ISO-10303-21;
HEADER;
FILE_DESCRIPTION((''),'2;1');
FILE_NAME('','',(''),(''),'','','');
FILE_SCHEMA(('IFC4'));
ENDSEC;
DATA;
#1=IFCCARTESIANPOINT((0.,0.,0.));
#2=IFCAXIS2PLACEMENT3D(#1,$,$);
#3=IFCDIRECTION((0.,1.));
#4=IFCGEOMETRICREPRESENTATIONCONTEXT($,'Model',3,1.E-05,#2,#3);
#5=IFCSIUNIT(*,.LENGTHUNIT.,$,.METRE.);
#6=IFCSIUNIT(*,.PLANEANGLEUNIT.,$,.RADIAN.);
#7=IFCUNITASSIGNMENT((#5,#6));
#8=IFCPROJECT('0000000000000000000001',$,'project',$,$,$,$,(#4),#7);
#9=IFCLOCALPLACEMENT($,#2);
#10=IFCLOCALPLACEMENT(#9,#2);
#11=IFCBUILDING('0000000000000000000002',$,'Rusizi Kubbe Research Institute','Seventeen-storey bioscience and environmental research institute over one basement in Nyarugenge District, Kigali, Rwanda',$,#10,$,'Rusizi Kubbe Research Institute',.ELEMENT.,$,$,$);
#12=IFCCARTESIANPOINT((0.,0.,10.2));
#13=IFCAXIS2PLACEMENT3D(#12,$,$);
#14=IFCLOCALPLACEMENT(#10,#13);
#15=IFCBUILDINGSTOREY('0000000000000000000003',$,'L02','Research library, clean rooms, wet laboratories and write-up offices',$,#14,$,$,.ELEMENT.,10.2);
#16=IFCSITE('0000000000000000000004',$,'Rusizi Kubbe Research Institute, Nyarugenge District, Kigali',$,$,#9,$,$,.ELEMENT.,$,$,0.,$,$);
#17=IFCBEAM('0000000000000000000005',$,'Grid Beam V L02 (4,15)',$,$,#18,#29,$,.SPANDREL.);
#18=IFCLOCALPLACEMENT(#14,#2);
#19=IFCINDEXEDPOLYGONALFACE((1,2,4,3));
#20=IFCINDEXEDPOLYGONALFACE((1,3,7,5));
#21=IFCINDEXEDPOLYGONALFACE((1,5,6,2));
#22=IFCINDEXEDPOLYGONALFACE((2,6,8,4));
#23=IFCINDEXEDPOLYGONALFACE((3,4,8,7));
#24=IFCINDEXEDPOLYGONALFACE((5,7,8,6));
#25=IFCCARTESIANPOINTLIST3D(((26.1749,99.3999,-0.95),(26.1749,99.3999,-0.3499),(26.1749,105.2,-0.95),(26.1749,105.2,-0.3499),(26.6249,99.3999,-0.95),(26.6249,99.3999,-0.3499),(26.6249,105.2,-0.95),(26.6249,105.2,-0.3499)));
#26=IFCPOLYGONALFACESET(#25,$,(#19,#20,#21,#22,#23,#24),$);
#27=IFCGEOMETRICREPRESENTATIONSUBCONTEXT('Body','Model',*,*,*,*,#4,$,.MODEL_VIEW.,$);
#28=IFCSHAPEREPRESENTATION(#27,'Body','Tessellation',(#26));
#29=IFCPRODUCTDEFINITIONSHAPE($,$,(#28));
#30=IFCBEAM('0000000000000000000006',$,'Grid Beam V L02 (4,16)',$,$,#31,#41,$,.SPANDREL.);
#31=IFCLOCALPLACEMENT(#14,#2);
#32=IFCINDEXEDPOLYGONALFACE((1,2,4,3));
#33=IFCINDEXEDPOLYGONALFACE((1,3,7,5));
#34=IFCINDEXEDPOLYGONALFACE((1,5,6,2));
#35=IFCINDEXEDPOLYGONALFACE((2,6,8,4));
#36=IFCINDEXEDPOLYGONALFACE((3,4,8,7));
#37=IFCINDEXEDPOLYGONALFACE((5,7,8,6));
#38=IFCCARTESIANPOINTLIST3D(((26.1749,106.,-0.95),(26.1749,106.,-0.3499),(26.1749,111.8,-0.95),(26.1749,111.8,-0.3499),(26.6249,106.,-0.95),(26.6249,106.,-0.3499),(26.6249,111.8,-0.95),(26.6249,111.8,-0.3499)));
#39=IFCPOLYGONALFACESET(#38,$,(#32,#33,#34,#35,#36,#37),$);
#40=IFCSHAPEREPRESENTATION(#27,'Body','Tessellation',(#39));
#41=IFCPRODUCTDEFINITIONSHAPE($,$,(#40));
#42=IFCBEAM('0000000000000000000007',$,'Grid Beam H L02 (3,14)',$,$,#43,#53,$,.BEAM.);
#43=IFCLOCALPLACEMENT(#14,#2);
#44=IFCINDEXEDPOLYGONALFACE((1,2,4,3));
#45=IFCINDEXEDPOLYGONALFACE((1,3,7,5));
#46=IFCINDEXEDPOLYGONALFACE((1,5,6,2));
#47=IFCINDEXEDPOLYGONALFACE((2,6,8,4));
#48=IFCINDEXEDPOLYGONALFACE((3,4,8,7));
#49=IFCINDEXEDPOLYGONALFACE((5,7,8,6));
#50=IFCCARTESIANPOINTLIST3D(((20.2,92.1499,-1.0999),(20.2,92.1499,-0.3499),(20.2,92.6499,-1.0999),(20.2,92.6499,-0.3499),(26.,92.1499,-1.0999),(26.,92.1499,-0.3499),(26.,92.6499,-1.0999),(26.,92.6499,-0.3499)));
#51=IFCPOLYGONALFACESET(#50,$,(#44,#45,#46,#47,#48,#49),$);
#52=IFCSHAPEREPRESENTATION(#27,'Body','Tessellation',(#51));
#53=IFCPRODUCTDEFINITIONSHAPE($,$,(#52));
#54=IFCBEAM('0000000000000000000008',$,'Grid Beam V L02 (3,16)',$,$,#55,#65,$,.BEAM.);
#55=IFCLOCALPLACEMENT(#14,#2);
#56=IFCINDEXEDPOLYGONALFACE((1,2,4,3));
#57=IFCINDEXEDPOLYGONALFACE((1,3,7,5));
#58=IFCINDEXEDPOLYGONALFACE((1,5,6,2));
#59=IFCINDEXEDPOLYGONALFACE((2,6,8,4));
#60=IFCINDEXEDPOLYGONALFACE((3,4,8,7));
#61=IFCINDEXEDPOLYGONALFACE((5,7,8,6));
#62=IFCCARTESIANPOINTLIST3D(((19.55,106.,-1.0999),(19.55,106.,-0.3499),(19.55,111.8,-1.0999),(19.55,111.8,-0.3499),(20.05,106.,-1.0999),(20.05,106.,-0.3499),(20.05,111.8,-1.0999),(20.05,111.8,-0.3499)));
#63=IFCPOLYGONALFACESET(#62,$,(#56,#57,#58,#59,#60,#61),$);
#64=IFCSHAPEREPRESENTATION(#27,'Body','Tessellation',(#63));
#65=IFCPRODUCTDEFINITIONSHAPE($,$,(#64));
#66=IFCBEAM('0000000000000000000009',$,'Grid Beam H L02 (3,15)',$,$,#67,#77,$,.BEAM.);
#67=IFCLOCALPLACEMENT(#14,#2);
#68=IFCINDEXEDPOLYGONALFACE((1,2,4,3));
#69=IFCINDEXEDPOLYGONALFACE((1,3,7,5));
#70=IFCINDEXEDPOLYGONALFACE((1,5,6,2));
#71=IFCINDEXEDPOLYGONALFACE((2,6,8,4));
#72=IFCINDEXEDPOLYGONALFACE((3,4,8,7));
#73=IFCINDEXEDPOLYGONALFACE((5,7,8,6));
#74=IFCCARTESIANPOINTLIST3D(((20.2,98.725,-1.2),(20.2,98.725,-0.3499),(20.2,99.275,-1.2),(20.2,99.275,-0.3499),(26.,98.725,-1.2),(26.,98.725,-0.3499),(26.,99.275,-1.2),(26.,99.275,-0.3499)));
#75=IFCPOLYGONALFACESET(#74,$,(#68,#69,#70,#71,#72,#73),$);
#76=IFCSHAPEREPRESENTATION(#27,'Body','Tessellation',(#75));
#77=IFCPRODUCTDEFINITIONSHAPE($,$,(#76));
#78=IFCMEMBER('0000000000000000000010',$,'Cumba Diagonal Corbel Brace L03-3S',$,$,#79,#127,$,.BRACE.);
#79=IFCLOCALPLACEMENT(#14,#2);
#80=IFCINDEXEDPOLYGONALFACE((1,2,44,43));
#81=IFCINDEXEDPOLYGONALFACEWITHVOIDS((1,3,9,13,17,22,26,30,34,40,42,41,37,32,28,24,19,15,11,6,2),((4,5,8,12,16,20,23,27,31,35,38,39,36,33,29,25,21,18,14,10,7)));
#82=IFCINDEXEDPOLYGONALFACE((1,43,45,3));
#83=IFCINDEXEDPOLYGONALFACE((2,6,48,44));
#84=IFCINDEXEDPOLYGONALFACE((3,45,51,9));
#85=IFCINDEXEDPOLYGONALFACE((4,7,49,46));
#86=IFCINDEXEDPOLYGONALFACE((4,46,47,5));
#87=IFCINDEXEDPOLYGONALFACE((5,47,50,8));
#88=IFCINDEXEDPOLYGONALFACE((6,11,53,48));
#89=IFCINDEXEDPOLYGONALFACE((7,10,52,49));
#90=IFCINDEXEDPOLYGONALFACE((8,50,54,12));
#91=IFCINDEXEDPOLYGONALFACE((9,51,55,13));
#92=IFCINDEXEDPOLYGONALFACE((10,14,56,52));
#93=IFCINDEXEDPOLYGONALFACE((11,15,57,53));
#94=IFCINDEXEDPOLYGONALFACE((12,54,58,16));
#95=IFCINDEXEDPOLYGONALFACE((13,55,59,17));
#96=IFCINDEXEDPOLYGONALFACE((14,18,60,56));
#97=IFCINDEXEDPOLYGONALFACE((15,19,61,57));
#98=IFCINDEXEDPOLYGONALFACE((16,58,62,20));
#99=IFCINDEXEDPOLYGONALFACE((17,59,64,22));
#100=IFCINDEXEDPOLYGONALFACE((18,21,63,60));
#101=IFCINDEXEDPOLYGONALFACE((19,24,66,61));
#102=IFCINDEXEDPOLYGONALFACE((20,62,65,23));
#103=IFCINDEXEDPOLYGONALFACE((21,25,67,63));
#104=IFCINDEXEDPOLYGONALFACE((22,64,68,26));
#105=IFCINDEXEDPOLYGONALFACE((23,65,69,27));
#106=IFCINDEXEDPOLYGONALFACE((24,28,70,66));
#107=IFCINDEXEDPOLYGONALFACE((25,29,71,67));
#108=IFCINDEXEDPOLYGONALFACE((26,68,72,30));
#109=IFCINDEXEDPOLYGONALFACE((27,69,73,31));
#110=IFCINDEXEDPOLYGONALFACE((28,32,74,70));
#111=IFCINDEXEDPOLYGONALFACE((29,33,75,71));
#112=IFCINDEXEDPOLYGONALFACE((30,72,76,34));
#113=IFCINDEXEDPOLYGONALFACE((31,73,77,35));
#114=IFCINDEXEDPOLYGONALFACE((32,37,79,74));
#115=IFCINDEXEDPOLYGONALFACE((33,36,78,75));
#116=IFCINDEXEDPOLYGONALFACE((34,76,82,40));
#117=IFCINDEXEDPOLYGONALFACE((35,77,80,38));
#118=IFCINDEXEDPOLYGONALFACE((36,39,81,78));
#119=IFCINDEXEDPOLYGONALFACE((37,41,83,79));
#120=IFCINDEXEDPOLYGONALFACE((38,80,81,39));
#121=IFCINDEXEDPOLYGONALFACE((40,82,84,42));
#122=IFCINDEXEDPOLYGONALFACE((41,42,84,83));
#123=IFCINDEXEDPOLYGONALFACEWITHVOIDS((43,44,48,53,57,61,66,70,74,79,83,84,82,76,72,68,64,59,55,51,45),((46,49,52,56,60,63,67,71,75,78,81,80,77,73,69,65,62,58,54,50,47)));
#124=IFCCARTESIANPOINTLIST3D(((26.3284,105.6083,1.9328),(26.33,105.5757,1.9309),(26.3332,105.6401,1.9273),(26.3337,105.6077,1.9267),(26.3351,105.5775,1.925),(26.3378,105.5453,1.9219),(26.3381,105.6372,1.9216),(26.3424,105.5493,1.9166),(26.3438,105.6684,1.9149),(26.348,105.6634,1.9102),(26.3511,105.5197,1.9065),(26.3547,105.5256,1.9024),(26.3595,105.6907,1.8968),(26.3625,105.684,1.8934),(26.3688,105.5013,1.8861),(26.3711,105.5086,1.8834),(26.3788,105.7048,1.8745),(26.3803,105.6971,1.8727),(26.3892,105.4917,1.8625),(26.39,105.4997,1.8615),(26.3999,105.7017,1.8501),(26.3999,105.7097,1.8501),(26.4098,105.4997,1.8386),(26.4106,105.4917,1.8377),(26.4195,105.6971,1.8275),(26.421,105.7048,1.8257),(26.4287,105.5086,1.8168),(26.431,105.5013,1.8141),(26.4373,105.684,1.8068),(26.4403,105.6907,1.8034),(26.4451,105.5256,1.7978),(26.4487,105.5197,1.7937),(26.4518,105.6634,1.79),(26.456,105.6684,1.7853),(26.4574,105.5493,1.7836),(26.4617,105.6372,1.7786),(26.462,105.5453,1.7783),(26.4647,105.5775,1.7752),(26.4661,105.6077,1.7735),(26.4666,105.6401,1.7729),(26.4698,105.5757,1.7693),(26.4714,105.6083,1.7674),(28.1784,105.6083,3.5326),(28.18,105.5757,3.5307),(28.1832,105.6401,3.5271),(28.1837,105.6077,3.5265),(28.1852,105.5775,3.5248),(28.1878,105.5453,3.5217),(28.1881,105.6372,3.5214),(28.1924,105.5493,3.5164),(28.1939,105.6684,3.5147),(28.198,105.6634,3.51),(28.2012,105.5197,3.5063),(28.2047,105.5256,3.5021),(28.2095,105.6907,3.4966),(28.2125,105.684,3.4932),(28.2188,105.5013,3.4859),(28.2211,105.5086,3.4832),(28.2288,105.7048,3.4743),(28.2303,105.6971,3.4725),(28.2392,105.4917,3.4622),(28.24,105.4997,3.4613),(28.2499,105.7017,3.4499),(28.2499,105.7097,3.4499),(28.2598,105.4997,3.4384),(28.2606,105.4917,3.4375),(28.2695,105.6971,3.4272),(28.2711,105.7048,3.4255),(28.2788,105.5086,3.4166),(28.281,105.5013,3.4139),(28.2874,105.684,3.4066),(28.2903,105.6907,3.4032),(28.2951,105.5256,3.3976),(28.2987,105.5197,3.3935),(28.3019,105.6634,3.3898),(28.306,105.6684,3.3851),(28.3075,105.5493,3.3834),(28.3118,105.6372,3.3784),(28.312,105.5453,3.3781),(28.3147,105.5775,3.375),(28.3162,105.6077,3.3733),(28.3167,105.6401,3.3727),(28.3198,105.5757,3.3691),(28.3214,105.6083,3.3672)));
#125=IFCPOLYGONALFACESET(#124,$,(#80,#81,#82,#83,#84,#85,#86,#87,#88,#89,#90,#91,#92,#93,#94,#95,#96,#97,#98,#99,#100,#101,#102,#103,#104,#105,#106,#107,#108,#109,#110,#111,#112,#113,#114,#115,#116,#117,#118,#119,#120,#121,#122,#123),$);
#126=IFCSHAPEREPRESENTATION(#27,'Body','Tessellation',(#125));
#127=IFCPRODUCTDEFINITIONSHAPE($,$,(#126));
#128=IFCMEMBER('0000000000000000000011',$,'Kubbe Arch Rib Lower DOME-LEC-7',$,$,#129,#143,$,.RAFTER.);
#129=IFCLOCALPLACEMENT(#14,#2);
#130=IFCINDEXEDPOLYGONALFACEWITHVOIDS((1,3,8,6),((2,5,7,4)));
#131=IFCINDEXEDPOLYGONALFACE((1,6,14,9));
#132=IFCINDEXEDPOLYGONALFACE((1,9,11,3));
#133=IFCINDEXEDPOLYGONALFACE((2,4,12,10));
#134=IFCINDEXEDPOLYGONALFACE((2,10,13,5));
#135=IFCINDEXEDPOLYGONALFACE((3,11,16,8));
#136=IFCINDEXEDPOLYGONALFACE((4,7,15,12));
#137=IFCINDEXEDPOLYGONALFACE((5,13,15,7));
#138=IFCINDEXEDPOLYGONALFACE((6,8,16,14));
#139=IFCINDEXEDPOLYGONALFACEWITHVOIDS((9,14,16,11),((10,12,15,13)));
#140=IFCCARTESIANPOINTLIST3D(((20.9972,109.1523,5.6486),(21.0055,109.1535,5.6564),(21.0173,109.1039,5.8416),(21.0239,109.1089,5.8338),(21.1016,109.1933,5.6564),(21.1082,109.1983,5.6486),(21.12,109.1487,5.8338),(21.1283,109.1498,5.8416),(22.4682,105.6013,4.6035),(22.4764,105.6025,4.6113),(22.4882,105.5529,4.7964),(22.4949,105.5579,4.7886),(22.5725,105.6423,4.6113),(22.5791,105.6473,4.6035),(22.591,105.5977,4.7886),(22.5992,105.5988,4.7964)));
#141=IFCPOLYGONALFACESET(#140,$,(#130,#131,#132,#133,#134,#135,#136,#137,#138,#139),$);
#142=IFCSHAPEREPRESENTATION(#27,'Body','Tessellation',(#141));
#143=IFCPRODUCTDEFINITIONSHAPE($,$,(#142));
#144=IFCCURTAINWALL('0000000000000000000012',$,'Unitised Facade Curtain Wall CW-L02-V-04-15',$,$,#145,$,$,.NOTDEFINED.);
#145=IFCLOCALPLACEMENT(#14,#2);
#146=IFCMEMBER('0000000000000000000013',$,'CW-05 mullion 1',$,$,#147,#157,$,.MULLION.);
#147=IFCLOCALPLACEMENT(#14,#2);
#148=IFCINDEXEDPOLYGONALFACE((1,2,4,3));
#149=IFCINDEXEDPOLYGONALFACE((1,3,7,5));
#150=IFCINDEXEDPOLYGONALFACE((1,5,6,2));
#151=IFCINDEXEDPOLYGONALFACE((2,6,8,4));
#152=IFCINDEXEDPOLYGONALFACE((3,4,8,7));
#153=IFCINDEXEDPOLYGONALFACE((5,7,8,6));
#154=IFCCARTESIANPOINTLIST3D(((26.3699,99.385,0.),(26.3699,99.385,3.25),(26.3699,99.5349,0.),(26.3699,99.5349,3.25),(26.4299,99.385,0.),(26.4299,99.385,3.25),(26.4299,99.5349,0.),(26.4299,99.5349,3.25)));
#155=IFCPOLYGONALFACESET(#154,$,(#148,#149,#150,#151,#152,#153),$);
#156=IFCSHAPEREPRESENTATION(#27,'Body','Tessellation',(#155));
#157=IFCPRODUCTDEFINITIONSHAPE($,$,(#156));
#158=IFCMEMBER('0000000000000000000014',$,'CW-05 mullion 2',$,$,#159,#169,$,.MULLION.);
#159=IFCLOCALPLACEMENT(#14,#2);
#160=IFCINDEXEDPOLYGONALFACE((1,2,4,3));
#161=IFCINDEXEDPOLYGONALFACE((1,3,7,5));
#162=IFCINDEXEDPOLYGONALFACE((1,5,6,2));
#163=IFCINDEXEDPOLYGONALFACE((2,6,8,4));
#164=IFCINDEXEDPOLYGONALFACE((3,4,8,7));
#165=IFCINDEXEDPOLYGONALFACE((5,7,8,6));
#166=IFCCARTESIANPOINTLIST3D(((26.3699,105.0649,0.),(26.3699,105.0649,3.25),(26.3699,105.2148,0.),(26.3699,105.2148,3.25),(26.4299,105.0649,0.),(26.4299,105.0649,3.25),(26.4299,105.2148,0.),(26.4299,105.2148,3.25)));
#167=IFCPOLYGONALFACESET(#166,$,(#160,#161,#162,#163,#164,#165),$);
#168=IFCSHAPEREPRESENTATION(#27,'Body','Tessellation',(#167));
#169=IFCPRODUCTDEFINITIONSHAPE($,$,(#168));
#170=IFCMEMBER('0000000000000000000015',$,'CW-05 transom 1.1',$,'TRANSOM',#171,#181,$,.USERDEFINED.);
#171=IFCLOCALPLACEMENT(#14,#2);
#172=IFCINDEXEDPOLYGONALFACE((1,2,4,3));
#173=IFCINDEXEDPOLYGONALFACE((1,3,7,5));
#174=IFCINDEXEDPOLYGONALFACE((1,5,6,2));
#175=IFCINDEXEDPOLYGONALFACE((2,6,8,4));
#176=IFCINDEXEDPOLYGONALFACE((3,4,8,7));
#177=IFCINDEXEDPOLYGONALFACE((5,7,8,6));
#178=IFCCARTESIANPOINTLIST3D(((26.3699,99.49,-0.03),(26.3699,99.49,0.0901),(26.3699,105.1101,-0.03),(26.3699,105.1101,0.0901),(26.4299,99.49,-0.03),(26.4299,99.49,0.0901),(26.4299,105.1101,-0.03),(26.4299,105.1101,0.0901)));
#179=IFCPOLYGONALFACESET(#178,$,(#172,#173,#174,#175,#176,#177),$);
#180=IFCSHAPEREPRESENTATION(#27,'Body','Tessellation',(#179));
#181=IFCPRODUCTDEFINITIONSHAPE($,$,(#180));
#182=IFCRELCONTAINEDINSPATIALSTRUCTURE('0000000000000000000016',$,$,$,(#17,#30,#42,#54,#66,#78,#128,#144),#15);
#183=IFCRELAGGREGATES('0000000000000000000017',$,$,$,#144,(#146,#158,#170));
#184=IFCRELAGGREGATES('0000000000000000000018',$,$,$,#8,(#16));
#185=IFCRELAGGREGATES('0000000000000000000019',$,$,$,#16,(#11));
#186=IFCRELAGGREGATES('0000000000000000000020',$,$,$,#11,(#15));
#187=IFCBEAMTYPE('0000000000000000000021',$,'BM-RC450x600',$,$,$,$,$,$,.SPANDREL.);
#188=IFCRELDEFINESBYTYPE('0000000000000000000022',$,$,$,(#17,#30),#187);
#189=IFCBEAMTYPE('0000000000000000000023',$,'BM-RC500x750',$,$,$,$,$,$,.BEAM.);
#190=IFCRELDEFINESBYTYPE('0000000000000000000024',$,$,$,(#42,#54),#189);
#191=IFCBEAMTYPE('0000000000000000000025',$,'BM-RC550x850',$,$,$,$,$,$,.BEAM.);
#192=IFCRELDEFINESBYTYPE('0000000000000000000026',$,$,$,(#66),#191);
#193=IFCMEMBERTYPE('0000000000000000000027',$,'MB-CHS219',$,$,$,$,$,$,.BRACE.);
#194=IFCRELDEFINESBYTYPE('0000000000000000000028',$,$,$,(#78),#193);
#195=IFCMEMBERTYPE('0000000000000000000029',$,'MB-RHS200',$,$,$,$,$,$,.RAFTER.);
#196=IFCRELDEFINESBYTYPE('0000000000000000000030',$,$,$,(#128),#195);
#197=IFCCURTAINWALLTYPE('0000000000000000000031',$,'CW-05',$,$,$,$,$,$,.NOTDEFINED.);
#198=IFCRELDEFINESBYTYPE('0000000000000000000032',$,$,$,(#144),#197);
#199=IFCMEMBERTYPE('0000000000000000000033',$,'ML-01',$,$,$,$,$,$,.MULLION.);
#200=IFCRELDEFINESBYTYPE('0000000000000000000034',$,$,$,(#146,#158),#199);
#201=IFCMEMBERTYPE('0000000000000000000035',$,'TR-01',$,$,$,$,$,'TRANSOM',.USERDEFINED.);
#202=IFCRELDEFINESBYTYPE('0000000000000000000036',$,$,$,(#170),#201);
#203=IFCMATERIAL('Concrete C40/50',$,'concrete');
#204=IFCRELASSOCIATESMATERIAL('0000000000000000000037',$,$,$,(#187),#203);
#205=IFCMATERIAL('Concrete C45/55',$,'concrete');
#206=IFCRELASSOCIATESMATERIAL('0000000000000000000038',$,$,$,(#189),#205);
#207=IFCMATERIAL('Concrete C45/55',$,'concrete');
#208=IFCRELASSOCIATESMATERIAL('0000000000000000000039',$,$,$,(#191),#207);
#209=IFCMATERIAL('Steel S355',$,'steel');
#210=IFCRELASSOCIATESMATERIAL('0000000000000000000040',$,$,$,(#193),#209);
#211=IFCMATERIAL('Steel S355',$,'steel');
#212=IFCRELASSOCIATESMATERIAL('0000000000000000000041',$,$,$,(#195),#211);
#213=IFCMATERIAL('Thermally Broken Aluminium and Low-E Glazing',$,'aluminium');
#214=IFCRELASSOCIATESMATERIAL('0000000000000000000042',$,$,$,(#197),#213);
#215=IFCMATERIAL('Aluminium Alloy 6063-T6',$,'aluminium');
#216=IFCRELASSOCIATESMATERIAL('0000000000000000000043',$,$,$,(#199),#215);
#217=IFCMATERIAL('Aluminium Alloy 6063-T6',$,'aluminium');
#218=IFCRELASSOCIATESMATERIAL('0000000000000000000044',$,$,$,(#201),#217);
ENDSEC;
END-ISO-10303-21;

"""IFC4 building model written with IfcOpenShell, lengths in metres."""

from ifc_helpers import new_model, si_unit, direction, frame, origin, origin_2d, place, context, subcontext, project, spatial, rectangle, hollow_rectangle, hollow_circle, extrude, material, material_profile, profile_set, type_object, element, aggregate, save


model = new_model("IFC4")

# Units and contexts
model_context = context("Model", 3, precision=1e-05, world=origin(), true_north=direction((0.0, 1.0)))
body_context = subcontext(model_context, "Body", "Model", "MODEL_VIEW")
ifc_project = project(units=[si_unit("LENGTHUNIT", "METRE"), si_unit("PLANEANGLEUNIT", "RADIAN")], contexts=[model_context])

# Site, building, storey
site_placement = place(None, origin())
site = spatial("IfcSite", under=ifc_project, at=site_placement, Name="Rusizi Kubbe Research Institute, Nyarugenge District, Kigali", CompositionType="ELEMENT", RefElevation=0.0)
building_placement = place(site_placement, origin())
building = spatial("IfcBuilding", under=site, at=building_placement, Name="Rusizi Kubbe Research Institute", Description="Seventeen-storey bioscience and environmental research institute over one basement in Nyarugenge District, Kigali, Rwanda", LongName="Rusizi Kubbe Research Institute", CompositionType="ELEMENT")
storey_placement = place(building_placement, frame((0.0, 0.0, 10.2)))
storey = spatial("IfcBuildingStorey", under=building, at=storey_placement, Name="L02", Description="Research library, clean rooms, wet laboratories and write-up offices", CompositionType="ELEMENT", Elevation=10.2)

# Beams
ifc_material_1 = material(Name="Concrete C40/50", Category="concrete")
ifc_material_profile_1 = material_profile(ifc_material_1, rectangle(XDim=0.45, YDim=0.6001, at=origin_2d()), Name="RC450x600")
ifc_profile_set_1 = profile_set([ifc_material_profile_1], Name="Concrete C40/50")
beam_type_1 = type_object("IfcBeamType", Name="BM-RC450x600", PredefinedType="SPANDREL", material=ifc_profile_set_1)
for number, where, z_axis, x_axis, name in (
    (1, (26.3999, 99.3999, -0.6499), (0.0, 1.0, 0.0), (-1.0, 0.0, 0.0), "Grid Beam V L02 (4,15)"),
    (2, (26.3999, 106.0, -0.6499), (0.0, 1.0, 0.0), (-1.0, 0.0, 0.0), "Grid Beam V L02 (4,16)"),
):
    element("IfcBeam", number, at=place(storey_placement, frame(where, z_axis=z_axis, x_axis=x_axis)), inside=storey, type_object=beam_type_1, Name=name, PredefinedType="SPANDREL", context=body_context, shape_type="SweptSolid", body=[
        extrude(rectangle(XDim=0.45, YDim=0.6001, at=origin_2d()), origin(), (0.0, 0.0, 1.0), 5.8),
    ])
ifc_material_2 = material(Name="Concrete C45/55", Category="concrete")
ifc_material_profile_2 = material_profile(ifc_material_2, rectangle(XDim=0.5, YDim=0.75, at=origin_2d()), Name="RC500x750B")
ifc_profile_set_2 = profile_set([ifc_material_profile_2], Name="Concrete C45/55")
beam_type_2 = type_object("IfcBeamType", Name="BM-RC500x750", PredefinedType="BEAM", material=ifc_profile_set_2)
for number, where, z_axis, x_axis, name in (
    (3, (20.2, 92.3999, -0.7249), (1.0, 0.0, 0.0), (0.0, 1.0, 0.0), "Grid Beam H L02 (3,14)"),
    (4, (19.8, 106.0, -0.7249), (0.0, 1.0, 0.0), (-1.0, 0.0, 0.0), "Grid Beam V L02 (3,16)"),
):
    element("IfcBeam", number, at=place(storey_placement, frame(where, z_axis=z_axis, x_axis=x_axis)), inside=storey, type_object=beam_type_2, Name=name, PredefinedType="BEAM", context=body_context, shape_type="SweptSolid", body=[
        extrude(rectangle(XDim=0.5, YDim=0.75, at=origin_2d()), origin(), (0.0, 0.0, 1.0), 5.8),
    ])
ifc_material_3 = material(Name="Concrete C45/55", Category="concrete")
ifc_material_profile_3 = material_profile(ifc_material_3, rectangle(XDim=0.55, YDim=0.8501, at=origin_2d()), Name="RC550x850")
ifc_profile_set_3 = profile_set([ifc_material_profile_3], Name="Concrete C45/55")
beam_type_3 = type_object("IfcBeamType", Name="BM-RC550x850", PredefinedType="BEAM", material=ifc_profile_set_3)
beam_1_placement = place(storey_placement, frame((20.2, 99.0, -0.7749), z_axis=(1.0, 0.0, 0.0), x_axis=(0.0, 1.0, 0.0)))
element("IfcBeam", 5, at=beam_1_placement, inside=storey, type_object=beam_type_3, Name="Grid Beam H L02 (3,15)", PredefinedType="BEAM", context=body_context, shape_type="SweptSolid", body=[
    extrude(rectangle(XDim=0.55, YDim=0.8501, at=origin_2d()), origin(), (0.0, 0.0, 1.0), 5.8),
])

# Members
ifc_material_4 = material(Name="Steel S355", Category="steel")
ifc_material_profile_4 = material_profile(ifc_material_4, hollow_circle(Radius=0.1096, WallThickness=0.0081, at=origin_2d()), Name="CHS 219.1x8.0")
ifc_profile_set_4 = profile_set([ifc_material_profile_4], Name="Steel S355")
member_type_1 = type_object("IfcMemberType", Name="MB-CHS219", PredefinedType="BRACE", material=ifc_profile_set_4)
member_1_placement = place(storey_placement, frame((26.3999, 105.6001, 1.8501), z_axis=(0.75641, 0.0, 0.654098), x_axis=(0.0, 1.0, 0.0)))
element("IfcMember", 6, at=member_1_placement, inside=storey, type_object=member_type_1, Name="Cumba Diagonal Corbel Brace L03-3S", PredefinedType="BRACE", context=body_context, shape_type="SweptSolid", body=[
    extrude(hollow_circle(Radius=0.1096, WallThickness=0.0081, at=origin_2d()), origin(), (0.0, 0.0, 1.0), 2.4458),
])
ifc_material_5 = material(Name="Steel S355", Category="steel")
ifc_material_profile_5 = material_profile(ifc_material_5, hollow_rectangle(XDim=0.1201, YDim=0.2, WallThickness=0.0081, at=origin_2d()), Name="RHS 200x120x8.0")
ifc_profile_set_5 = profile_set([ifc_material_profile_5], Name="Steel S355")
member_type_2 = type_object("IfcMemberType", Name="MB-RHS200", PredefinedType="RAFTER", material=ifc_profile_set_5)
member_2_placement = place(storey_placement, frame((22.5337, 105.6001, 4.7), z_axis=(-0.369288, 0.891502, 0.262394), x_axis=(-0.923874, -0.382698, 0.0)))
element("IfcMember", 7, at=member_2_placement, inside=storey, type_object=member_type_2, Name="Kubbe Arch Rib Lower DOME-LEC-7", PredefinedType="RAFTER", context=body_context, shape_type="SweptSolid", body=[
    extrude(hollow_rectangle(XDim=0.1201, YDim=0.2, WallThickness=0.0081, at=origin_2d()), origin(), (0.0, 0.0, 1.0), 3.9832),
])

# Curtain wall, members
ifc_material_6 = material(Name="Thermally Broken Aluminium and Low-E Glazing", Category="aluminium")
curtain_wall_type = type_object("IfcCurtainWallType", Name="CW-05", PredefinedType="NOTDEFINED", material=ifc_material_6)
curtain_wall_placement = place(storey_placement, origin())
curtain_wall = element("IfcCurtainWall", 8, at=curtain_wall_placement, inside=storey, type_object=curtain_wall_type, Name="Unitised Facade Curtain Wall CW-L02-V-04-15", PredefinedType="NOTDEFINED")
ifc_material_7 = material(Name="Aluminium Alloy 6063-T6", Category="aluminium")
ifc_material_profile_6 = material_profile(ifc_material_7, rectangle(XDim=0.0601, YDim=0.1499, at=origin_2d()), Name="ALU-M 60x150")
ifc_profile_set_6 = profile_set([ifc_material_profile_6], Name="Aluminium Alloy 6063-T6")
member_type_3 = type_object("IfcMemberType", Name="ML-01", PredefinedType="MULLION", material=ifc_profile_set_6)
member_3_placement = place(storey_placement, frame((26.3999, 99.46, 0.0), z_axis=(0.0, 0.0, 1.0), x_axis=(-1.0, 0.0, 0.0)))
member_3 = element("IfcMember", 9, at=member_3_placement, type_object=member_type_3, Name="CW-05 mullion 1", PredefinedType="MULLION", context=body_context, shape_type="SweptSolid", body=[
    extrude(rectangle(XDim=0.0601, YDim=0.1499, at=origin_2d()), origin(), (0.0, 0.0, 1.0), 3.25),
])
member_4_placement = place(storey_placement, frame((26.3999, 105.1399, 0.0), z_axis=(0.0, 0.0, 1.0), x_axis=(-1.0, 0.0, 0.0)))
member_4 = element("IfcMember", 10, at=member_4_placement, type_object=member_type_3, Name="CW-05 mullion 2", PredefinedType="MULLION", context=body_context, shape_type="SweptSolid", body=[
    extrude(rectangle(XDim=0.0601, YDim=0.1499, at=origin_2d()), origin(), (0.0, 0.0, 1.0), 3.25),
])
ifc_material_8 = material(Name="Aluminium Alloy 6063-T6", Category="aluminium")
ifc_material_profile_7 = material_profile(ifc_material_8, rectangle(XDim=0.0601, YDim=0.1201, at=origin_2d()), Name="ALU-T 60x120")
ifc_profile_set_7 = profile_set([ifc_material_profile_7], Name="Aluminium Alloy 6063-T6")
member_type_4 = type_object("IfcMemberType", Name="TR-01", ElementType="TRANSOM", PredefinedType="USERDEFINED", material=ifc_profile_set_7)
member_5_placement = place(storey_placement, frame((26.3999, 99.49, 0.03), z_axis=(0.0, 1.0, 0.0), x_axis=(-1.0, 0.0, 0.0)))
member_5 = element("IfcMember", 11, at=member_5_placement, type_object=member_type_4, Name="CW-05 transom 1.1", ObjectType="TRANSOM", PredefinedType="USERDEFINED", context=body_context, shape_type="SweptSolid", body=[
    extrude(rectangle(XDim=0.0601, YDim=0.1201, at=origin_2d()), origin(), (0.0, 0.0, 1.0), 5.6201),
])

aggregate(curtain_wall, [member_3, member_4, member_5])

save(model, "model.ifc")
